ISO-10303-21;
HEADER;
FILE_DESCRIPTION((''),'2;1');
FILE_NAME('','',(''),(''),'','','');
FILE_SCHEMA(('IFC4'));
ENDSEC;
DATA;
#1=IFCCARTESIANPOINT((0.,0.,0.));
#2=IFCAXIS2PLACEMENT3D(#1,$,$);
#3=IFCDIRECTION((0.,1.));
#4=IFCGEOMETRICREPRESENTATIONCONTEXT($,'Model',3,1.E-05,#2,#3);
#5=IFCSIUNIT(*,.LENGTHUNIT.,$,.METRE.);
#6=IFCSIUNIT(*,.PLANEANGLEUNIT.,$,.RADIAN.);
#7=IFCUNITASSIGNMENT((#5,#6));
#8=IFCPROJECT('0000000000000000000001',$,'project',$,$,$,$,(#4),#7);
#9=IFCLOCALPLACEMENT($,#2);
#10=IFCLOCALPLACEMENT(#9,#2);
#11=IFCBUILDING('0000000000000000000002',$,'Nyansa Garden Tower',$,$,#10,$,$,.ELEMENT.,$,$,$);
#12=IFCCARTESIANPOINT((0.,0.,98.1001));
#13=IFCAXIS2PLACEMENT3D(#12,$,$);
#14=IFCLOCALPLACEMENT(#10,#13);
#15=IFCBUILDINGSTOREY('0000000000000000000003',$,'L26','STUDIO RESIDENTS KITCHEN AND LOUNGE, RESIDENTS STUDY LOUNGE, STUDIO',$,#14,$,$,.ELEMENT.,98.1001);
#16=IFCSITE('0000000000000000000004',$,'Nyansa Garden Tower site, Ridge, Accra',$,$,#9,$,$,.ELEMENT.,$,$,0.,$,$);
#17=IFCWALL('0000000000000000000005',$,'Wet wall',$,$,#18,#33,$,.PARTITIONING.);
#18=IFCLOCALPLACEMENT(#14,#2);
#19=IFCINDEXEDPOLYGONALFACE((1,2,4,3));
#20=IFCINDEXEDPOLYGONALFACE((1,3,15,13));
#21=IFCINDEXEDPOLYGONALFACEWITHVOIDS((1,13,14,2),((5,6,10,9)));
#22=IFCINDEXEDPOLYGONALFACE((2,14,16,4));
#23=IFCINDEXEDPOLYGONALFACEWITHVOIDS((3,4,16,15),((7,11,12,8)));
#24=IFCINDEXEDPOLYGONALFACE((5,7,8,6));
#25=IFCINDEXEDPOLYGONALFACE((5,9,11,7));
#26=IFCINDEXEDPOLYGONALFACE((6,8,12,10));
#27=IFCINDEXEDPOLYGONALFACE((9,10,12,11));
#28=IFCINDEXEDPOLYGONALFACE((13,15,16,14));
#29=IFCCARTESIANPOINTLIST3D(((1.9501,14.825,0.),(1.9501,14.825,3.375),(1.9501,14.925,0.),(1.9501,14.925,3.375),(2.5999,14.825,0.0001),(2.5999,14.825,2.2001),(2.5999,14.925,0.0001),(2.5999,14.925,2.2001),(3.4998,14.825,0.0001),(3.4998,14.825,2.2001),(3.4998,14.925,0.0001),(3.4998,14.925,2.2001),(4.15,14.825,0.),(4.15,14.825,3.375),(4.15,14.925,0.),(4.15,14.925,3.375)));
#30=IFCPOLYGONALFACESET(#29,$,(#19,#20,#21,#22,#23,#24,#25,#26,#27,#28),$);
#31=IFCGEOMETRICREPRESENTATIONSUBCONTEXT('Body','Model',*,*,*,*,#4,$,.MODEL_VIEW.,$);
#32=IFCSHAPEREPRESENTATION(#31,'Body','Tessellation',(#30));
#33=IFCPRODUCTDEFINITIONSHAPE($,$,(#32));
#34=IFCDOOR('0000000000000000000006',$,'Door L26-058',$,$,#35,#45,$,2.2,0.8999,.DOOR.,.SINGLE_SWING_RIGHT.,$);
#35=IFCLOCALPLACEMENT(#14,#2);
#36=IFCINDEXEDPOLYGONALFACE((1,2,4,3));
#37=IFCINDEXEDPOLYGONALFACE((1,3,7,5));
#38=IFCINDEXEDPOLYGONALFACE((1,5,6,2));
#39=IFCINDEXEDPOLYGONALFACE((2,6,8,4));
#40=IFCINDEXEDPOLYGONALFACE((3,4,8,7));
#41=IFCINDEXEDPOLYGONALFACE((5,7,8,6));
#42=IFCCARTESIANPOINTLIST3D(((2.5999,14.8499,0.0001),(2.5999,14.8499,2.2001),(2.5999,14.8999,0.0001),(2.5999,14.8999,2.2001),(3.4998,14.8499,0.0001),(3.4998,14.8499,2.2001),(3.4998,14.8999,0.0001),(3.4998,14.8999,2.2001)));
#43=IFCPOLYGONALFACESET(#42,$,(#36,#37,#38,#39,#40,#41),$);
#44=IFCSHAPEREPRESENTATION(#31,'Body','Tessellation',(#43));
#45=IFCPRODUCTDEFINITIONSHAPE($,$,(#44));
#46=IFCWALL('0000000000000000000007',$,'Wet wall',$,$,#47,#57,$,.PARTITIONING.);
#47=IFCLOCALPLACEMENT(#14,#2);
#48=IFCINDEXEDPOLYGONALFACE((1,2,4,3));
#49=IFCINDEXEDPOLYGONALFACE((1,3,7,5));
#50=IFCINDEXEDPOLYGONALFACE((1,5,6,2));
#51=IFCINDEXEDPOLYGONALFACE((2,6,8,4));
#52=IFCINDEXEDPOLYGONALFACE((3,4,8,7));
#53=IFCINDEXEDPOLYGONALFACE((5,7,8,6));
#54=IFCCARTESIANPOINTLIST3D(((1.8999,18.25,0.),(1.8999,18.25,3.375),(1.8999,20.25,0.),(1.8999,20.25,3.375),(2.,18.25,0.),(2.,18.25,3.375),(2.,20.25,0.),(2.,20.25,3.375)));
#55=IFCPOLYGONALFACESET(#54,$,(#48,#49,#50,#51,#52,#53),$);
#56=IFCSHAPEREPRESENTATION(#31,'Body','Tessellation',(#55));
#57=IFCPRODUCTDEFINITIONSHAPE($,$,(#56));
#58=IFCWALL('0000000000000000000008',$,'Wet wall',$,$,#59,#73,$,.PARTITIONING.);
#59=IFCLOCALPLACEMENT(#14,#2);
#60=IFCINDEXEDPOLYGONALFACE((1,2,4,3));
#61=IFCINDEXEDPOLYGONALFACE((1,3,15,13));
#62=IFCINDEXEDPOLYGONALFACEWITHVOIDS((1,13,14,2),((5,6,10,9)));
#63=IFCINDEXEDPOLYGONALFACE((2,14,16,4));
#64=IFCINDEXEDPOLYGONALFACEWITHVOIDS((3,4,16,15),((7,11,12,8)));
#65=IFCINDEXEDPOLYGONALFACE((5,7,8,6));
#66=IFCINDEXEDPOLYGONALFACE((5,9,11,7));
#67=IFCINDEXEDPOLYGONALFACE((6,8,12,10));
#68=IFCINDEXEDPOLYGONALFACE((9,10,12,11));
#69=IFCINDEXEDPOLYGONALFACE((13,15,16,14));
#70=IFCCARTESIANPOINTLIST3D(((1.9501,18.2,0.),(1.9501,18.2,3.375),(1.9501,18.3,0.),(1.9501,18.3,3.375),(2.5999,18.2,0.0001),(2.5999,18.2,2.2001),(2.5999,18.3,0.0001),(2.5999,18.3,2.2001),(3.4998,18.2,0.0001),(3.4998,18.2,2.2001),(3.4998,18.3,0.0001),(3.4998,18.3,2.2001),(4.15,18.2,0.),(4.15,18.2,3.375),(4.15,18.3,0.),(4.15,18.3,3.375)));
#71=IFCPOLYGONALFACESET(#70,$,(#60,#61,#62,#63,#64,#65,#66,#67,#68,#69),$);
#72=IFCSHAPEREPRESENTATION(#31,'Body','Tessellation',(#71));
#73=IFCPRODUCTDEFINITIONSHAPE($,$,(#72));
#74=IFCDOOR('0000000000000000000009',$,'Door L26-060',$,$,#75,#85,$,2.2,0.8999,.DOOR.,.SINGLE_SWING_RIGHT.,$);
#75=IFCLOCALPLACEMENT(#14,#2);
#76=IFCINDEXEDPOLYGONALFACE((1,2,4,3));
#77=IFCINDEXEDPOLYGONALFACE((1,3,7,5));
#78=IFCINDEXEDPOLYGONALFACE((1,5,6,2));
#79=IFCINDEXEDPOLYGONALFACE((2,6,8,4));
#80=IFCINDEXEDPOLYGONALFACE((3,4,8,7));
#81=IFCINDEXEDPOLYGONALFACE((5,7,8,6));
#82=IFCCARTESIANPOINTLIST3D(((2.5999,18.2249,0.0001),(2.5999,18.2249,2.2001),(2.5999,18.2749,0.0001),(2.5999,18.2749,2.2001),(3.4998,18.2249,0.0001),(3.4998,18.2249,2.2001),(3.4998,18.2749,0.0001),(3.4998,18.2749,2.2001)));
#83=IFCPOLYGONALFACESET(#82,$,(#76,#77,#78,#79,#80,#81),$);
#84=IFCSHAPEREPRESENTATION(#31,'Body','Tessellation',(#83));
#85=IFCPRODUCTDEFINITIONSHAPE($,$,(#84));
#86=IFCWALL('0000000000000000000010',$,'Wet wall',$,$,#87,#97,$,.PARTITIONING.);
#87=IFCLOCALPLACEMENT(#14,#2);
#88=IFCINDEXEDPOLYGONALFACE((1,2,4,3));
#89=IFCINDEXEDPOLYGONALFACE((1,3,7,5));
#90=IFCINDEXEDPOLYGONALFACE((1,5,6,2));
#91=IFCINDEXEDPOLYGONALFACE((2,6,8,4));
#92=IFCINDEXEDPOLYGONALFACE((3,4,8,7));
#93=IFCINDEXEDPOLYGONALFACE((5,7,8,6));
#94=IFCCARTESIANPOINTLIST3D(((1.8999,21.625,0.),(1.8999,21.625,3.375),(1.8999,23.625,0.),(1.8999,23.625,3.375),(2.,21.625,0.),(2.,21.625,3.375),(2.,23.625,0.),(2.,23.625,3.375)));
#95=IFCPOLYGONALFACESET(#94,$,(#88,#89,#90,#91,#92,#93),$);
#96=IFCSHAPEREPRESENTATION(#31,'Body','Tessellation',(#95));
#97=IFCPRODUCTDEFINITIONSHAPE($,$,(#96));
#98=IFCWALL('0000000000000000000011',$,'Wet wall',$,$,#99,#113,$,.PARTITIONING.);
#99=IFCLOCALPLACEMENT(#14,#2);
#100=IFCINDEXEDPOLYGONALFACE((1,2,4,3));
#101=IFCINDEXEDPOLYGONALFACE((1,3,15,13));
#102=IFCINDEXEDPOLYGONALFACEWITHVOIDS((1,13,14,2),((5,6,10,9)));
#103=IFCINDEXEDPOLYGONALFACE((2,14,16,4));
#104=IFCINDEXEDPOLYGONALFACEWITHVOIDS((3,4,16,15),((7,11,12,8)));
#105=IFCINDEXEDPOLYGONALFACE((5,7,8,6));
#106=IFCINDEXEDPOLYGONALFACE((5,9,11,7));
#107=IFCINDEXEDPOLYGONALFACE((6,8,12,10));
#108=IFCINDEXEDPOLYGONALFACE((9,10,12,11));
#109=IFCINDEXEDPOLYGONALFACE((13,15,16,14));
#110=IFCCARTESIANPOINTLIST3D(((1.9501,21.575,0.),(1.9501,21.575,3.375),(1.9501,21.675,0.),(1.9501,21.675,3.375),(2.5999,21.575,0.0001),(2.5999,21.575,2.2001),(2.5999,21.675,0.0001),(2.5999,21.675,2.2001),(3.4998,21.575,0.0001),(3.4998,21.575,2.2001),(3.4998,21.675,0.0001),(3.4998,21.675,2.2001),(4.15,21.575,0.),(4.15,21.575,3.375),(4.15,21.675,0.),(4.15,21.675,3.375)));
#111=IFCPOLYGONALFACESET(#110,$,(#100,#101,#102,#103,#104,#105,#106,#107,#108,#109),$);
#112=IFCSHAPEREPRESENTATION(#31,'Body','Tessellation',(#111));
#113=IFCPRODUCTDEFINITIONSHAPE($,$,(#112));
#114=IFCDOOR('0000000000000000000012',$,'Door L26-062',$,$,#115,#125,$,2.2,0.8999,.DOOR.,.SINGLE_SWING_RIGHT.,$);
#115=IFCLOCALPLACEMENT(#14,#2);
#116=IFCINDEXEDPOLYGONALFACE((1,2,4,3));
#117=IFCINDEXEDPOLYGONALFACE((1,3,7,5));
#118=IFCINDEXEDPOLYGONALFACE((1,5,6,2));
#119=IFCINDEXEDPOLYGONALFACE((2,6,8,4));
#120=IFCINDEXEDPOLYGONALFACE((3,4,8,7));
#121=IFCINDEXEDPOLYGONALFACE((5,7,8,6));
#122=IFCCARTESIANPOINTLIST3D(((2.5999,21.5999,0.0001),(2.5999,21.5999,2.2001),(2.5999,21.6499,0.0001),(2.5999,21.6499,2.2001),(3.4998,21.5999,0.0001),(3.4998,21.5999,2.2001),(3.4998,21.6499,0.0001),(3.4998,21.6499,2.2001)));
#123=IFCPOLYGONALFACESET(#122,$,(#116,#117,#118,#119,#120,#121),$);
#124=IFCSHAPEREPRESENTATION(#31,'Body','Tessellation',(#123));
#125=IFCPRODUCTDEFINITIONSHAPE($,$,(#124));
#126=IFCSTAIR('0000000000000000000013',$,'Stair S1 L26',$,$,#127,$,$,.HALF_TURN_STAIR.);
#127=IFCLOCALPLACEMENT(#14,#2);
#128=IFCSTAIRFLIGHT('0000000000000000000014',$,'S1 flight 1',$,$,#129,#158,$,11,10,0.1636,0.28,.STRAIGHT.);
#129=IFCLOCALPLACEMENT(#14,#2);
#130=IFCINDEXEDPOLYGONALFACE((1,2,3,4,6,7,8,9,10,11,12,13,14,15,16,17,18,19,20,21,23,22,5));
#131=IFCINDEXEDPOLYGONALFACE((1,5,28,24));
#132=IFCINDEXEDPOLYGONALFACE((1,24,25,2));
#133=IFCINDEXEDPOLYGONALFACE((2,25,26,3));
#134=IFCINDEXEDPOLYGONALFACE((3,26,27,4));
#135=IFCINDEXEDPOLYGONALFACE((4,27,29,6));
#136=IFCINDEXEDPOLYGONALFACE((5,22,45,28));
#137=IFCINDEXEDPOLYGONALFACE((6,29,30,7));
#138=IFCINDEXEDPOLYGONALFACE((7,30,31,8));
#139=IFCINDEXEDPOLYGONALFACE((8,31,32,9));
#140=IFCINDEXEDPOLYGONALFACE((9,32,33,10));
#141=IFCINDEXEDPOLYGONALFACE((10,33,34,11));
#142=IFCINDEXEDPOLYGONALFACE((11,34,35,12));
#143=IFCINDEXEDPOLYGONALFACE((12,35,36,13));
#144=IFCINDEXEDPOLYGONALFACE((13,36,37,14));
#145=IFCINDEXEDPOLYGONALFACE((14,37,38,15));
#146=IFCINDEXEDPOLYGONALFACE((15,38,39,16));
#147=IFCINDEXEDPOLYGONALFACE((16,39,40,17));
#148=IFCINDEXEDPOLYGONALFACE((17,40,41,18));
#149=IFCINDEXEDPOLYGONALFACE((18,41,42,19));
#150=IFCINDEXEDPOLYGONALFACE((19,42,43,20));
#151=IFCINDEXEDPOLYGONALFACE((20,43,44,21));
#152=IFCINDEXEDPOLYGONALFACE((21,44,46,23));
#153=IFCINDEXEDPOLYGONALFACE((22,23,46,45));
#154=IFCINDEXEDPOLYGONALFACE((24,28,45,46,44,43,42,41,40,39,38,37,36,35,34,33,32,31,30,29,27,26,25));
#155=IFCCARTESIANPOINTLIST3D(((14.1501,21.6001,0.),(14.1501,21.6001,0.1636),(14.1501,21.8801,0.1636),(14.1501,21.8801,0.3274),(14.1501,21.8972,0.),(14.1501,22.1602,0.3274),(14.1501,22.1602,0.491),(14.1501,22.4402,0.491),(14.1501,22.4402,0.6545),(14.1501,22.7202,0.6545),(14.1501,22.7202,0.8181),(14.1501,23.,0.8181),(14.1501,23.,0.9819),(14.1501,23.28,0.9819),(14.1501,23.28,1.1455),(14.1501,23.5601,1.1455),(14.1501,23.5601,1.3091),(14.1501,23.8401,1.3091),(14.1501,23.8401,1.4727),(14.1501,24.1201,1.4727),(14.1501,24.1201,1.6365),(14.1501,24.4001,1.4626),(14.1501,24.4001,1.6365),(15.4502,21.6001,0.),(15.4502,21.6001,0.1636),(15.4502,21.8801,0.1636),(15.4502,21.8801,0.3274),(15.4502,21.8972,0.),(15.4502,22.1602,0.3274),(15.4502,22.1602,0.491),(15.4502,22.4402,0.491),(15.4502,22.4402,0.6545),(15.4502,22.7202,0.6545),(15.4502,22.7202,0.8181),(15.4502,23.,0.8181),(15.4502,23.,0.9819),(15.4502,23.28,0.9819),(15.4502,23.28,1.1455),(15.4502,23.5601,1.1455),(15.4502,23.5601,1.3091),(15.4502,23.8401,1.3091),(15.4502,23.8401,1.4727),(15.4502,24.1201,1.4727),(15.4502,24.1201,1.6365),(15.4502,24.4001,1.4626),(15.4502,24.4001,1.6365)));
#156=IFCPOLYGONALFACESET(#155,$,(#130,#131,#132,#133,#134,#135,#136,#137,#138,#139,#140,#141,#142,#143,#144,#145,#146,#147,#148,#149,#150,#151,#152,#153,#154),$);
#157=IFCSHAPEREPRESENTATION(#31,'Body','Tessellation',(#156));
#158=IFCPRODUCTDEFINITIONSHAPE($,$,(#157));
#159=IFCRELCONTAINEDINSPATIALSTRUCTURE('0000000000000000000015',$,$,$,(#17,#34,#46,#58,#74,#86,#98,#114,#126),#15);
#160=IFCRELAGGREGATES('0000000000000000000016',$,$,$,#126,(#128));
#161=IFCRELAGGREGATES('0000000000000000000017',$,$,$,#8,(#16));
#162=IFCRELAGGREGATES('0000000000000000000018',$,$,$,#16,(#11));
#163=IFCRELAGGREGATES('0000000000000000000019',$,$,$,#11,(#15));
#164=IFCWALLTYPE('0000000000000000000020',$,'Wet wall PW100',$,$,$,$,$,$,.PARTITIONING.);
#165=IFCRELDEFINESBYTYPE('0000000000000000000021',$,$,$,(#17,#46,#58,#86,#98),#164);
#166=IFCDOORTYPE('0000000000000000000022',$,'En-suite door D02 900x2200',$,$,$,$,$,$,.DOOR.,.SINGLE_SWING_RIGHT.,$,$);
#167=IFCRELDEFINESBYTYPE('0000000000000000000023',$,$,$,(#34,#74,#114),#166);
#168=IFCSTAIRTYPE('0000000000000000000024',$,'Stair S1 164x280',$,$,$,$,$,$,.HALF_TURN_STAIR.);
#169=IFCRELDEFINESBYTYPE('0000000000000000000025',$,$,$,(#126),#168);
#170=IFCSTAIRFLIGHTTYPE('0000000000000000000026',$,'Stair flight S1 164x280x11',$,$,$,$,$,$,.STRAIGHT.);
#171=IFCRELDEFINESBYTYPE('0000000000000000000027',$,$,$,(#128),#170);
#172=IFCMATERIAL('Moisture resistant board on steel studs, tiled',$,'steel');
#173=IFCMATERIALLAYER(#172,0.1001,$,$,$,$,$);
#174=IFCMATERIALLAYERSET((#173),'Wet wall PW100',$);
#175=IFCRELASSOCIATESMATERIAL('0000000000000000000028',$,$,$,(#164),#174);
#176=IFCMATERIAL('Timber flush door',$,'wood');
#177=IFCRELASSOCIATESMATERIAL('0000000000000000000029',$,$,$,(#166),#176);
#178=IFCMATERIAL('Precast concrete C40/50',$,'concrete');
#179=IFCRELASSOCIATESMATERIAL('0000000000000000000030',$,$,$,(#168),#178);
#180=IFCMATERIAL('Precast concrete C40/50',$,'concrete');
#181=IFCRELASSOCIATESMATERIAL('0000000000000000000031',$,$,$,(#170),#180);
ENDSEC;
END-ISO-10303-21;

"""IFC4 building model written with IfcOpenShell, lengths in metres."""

from ifc_helpers import new_model, si_unit, direction, frame, frame_2d, origin, place, context, subcontext, project, spatial, polyline, rectangle, outline, extrude, material, layer, layer_set, type_object, element, fill, aggregate, save


model = new_model("IFC4")

# Units and contexts
model_context = context("Model", 3, precision=1e-05, world=origin(), true_north=direction((0.0, 1.0)))
body_context = subcontext(model_context, "Body", "Model", "MODEL_VIEW")
ifc_project = project(units=[si_unit("LENGTHUNIT", "METRE"), si_unit("PLANEANGLEUNIT", "RADIAN")], contexts=[model_context])

# Site, building, storey
site_placement = place(None, origin())
site = spatial("IfcSite", under=ifc_project, at=site_placement, Name="Nyansa Garden Tower site, Ridge, Accra", CompositionType="ELEMENT", RefElevation=0.0)
building_placement = place(site_placement, origin())
building = spatial("IfcBuilding", under=site, at=building_placement, Name="Nyansa Garden Tower", CompositionType="ELEMENT")
storey_placement = place(building_placement, frame((0.0, 0.0, 98.1001)))
storey = spatial("IfcBuildingStorey", under=building, at=storey_placement, Name="L26", Description="STUDIO RESIDENTS KITCHEN AND LOUNGE, RESIDENTS STUDY LOUNGE, STUDIO", CompositionType="ELEMENT", Elevation=98.1001)

# Shared definitions
ifc_material_1 = material(Name="Moisture resistant board on steel studs, tiled", Category="steel")
ifc_layer_1 = layer(ifc_material_1, 0.1001)
ifc_layer_set_1 = layer_set([ifc_layer_1], Name="Wet wall PW100")
wall_type_1 = type_object("IfcWallType", Name="Wet wall PW100", PredefinedType="PARTITIONING", material=ifc_layer_set_1)

# Wall, opening, door
wall_1_placement = place(storey_placement, frame((1.95, 14.875, 0.0), z_axis=(0.0, 0.0, 1.0), x_axis=(1.0, 0.0, 0.0)))
wall_1 = element("IfcWall", 1, at=wall_1_placement, inside=storey, type_object=wall_type_1, Name="Wet wall", PredefinedType="PARTITIONING", context=body_context, shape_type="SweptSolid", body=[
    extrude(rectangle(XDim=2.2, YDim=0.1001, at=frame_2d((1.1001, 0.0))), origin(), (0.0, 0.0, 1.0), 3.375),
])
opening_1_placement = place(wall_1_placement, frame((0.6499, 0.0, 0.0)))
opening_1 = element("IfcOpeningElement", 2, at=opening_1_placement, cuts=wall_1, PredefinedType="OPENING", context=body_context, shape_type="SweptSolid", body=[
    extrude(rectangle(XDim=0.8999, YDim=2.2, at=frame_2d((0.45, 1.1001))), frame((0.0, 0.0601, 0.0), z_axis=(0.0, -1.0, 0.0), x_axis=(1.0, 0.0, 0.0)), (0.0, 0.0, 1.0), 0.1201),
])
ifc_material_2 = material(Name="Timber flush door", Category="wood")
door_type_1 = type_object("IfcDoorType", Name="En-suite door D02 900x2200", OperationType="SINGLE_SWING_RIGHT", PredefinedType="DOOR", material=ifc_material_2)
door_1_placement = place(opening_1_placement, origin())
door_1 = element("IfcDoor", 3, at=door_1_placement, inside=storey, type_object=door_type_1, Name="Door L26-058", OperationType="SINGLE_SWING_RIGHT", OverallHeight=2.2, OverallWidth=0.8999, PredefinedType="DOOR", context=body_context, shape_type="SweptSolid", body=[
    extrude(rectangle(XDim=0.8999, YDim=2.2, at=frame_2d((0.45, 1.1001))), frame((0.0, 0.0249, 0.0), z_axis=(0.0, -1.0, 0.0), x_axis=(1.0, 0.0, 0.0)), (0.0, 0.0, 1.0), 0.05),
])
fill(opening_1, door_1)

# Wall
wall_2_placement = place(storey_placement, frame((1.95, 18.25, 0.0), z_axis=(0.0, 0.0, 1.0), x_axis=(0.0, 1.0, 0.0)))
element("IfcWall", 4, at=wall_2_placement, inside=storey, type_object=wall_type_1, Name="Wet wall", PredefinedType="PARTITIONING", context=body_context, shape_type="SweptSolid", body=[
    extrude(rectangle(XDim=2.0, YDim=0.1001, at=frame_2d((1.0, 0.0))), origin(), (0.0, 0.0, 1.0), 3.375),
])

# Wall, opening, door
wall_3_placement = place(storey_placement, frame((1.95, 18.25, 0.0), z_axis=(0.0, 0.0, 1.0), x_axis=(1.0, 0.0, 0.0)))
wall_3 = element("IfcWall", 5, at=wall_3_placement, inside=storey, type_object=wall_type_1, Name="Wet wall", PredefinedType="PARTITIONING", context=body_context, shape_type="SweptSolid", body=[
    extrude(rectangle(XDim=2.2, YDim=0.1001, at=frame_2d((1.1001, 0.0))), origin(), (0.0, 0.0, 1.0), 3.375),
])
opening_2_placement = place(wall_3_placement, frame((0.6499, 0.0, 0.0)))
opening_2 = element("IfcOpeningElement", 6, at=opening_2_placement, cuts=wall_3, PredefinedType="OPENING", context=body_context, shape_type="SweptSolid", body=[
    extrude(rectangle(XDim=0.8999, YDim=2.2, at=frame_2d((0.45, 1.1001))), frame((0.0, 0.0601, 0.0), z_axis=(0.0, -1.0, 0.0), x_axis=(1.0, 0.0, 0.0)), (0.0, 0.0, 1.0), 0.1201),
])
door_2_placement = place(opening_2_placement, origin())
door_2 = element("IfcDoor", 7, at=door_2_placement, inside=storey, type_object=door_type_1, Name="Door L26-060", OperationType="SINGLE_SWING_RIGHT", OverallHeight=2.2, OverallWidth=0.8999, PredefinedType="DOOR", context=body_context, shape_type="SweptSolid", body=[
    extrude(rectangle(XDim=0.8999, YDim=2.2, at=frame_2d((0.45, 1.1001))), frame((0.0, 0.0249, 0.0), z_axis=(0.0, -1.0, 0.0), x_axis=(1.0, 0.0, 0.0)), (0.0, 0.0, 1.0), 0.05),
])
fill(opening_2, door_2)

# Wall
wall_4_placement = place(storey_placement, frame((1.95, 21.625, 0.0), z_axis=(0.0, 0.0, 1.0), x_axis=(0.0, 1.0, 0.0)))
element("IfcWall", 8, at=wall_4_placement, inside=storey, type_object=wall_type_1, Name="Wet wall", PredefinedType="PARTITIONING", context=body_context, shape_type="SweptSolid", body=[
    extrude(rectangle(XDim=2.0, YDim=0.1001, at=frame_2d((1.0, 0.0))), origin(), (0.0, 0.0, 1.0), 3.375),
])

# Wall, opening, door
wall_5_placement = place(storey_placement, frame((1.95, 21.625, 0.0), z_axis=(0.0, 0.0, 1.0), x_axis=(1.0, 0.0, 0.0)))
wall_5 = element("IfcWall", 9, at=wall_5_placement, inside=storey, type_object=wall_type_1, Name="Wet wall", PredefinedType="PARTITIONING", context=body_context, shape_type="SweptSolid", body=[
    extrude(rectangle(XDim=2.2, YDim=0.1001, at=frame_2d((1.1001, 0.0))), origin(), (0.0, 0.0, 1.0), 3.375),
])
opening_3_placement = place(wall_5_placement, frame((0.6499, 0.0, 0.0)))
opening_3 = element("IfcOpeningElement", 10, at=opening_3_placement, cuts=wall_5, PredefinedType="OPENING", context=body_context, shape_type="SweptSolid", body=[
    extrude(rectangle(XDim=0.8999, YDim=2.2, at=frame_2d((0.45, 1.1001))), frame((0.0, 0.0601, 0.0), z_axis=(0.0, -1.0, 0.0), x_axis=(1.0, 0.0, 0.0)), (0.0, 0.0, 1.0), 0.1201),
])
door_3_placement = place(opening_3_placement, origin())
door_3 = element("IfcDoor", 11, at=door_3_placement, inside=storey, type_object=door_type_1, Name="Door L26-062", OperationType="SINGLE_SWING_RIGHT", OverallHeight=2.2, OverallWidth=0.8999, PredefinedType="DOOR", context=body_context, shape_type="SweptSolid", body=[
    extrude(rectangle(XDim=0.8999, YDim=2.2, at=frame_2d((0.45, 1.1001))), frame((0.0, 0.0249, 0.0), z_axis=(0.0, -1.0, 0.0), x_axis=(1.0, 0.0, 0.0)), (0.0, 0.0, 1.0), 0.05),
])
fill(opening_3, door_3)

# Stair, stair flight
ifc_material_3 = material(Name="Precast concrete C40/50", Category="concrete")
stair_type = type_object("IfcStairType", Name="Stair S1 164x280", PredefinedType="HALF_TURN_STAIR", material=ifc_material_3)
stair_placement = place(storey_placement, origin())
stair = element("IfcStair", 12, at=stair_placement, inside=storey, type_object=stair_type, Name="Stair S1 L26", PredefinedType="HALF_TURN_STAIR")
ifc_material_4 = material(Name="Precast concrete C40/50", Category="concrete")
stair_flight_type = type_object("IfcStairFlightType", Name="Stair flight S1 164x280x11", PredefinedType="STRAIGHT", material=ifc_material_4)
stair_flight_1_placement = place(storey_placement, frame((14.8, 21.6001, 0.0), z_axis=(0.0, 0.0, 1.0), x_axis=(0.0, 1.0, 0.0)))
stair_flight_1 = element("IfcStairFlight", 13, at=stair_flight_1_placement, type_object=stair_flight_type, Name="S1 flight 1", NumberOfRisers=11, NumberOfTreads=10, PredefinedType="STRAIGHT", RiserHeight=0.1636, TreadLength=0.28, context=body_context, shape_type="SweptSolid", body=[
    extrude(outline(polyline([(0.0, 0.0), (0.0, 0.1636), (0.28, 0.1636), (0.28, 0.3274), (0.5601, 0.3274), (0.5601, 0.491), (0.8401, 0.491), (0.8401, 0.6545), (1.1201, 0.6545), (1.1201, 0.8181), (1.3999, 0.8181), (1.3999, 0.9819), (1.6799, 0.9819), (1.6799, 1.1455), (1.96, 1.1455), (1.96, 1.3091), (2.24, 1.3091), (2.24, 1.4727), (2.52, 1.4727), (2.52, 1.6365), (2.8, 1.6365), (2.8, 1.8), (2.8, 1.4626), (0.2971, 0.0), (0.0, 0.0)])), frame((0.0, 0.6499, 0.0), z_axis=(0.0, -1.0, 0.0), x_axis=(1.0, 0.0, 0.0)), (0.0, 0.0, 1.0), 1.3),
])
aggregate(stair, [stair_flight_1])

save(model, "model.ifc")
